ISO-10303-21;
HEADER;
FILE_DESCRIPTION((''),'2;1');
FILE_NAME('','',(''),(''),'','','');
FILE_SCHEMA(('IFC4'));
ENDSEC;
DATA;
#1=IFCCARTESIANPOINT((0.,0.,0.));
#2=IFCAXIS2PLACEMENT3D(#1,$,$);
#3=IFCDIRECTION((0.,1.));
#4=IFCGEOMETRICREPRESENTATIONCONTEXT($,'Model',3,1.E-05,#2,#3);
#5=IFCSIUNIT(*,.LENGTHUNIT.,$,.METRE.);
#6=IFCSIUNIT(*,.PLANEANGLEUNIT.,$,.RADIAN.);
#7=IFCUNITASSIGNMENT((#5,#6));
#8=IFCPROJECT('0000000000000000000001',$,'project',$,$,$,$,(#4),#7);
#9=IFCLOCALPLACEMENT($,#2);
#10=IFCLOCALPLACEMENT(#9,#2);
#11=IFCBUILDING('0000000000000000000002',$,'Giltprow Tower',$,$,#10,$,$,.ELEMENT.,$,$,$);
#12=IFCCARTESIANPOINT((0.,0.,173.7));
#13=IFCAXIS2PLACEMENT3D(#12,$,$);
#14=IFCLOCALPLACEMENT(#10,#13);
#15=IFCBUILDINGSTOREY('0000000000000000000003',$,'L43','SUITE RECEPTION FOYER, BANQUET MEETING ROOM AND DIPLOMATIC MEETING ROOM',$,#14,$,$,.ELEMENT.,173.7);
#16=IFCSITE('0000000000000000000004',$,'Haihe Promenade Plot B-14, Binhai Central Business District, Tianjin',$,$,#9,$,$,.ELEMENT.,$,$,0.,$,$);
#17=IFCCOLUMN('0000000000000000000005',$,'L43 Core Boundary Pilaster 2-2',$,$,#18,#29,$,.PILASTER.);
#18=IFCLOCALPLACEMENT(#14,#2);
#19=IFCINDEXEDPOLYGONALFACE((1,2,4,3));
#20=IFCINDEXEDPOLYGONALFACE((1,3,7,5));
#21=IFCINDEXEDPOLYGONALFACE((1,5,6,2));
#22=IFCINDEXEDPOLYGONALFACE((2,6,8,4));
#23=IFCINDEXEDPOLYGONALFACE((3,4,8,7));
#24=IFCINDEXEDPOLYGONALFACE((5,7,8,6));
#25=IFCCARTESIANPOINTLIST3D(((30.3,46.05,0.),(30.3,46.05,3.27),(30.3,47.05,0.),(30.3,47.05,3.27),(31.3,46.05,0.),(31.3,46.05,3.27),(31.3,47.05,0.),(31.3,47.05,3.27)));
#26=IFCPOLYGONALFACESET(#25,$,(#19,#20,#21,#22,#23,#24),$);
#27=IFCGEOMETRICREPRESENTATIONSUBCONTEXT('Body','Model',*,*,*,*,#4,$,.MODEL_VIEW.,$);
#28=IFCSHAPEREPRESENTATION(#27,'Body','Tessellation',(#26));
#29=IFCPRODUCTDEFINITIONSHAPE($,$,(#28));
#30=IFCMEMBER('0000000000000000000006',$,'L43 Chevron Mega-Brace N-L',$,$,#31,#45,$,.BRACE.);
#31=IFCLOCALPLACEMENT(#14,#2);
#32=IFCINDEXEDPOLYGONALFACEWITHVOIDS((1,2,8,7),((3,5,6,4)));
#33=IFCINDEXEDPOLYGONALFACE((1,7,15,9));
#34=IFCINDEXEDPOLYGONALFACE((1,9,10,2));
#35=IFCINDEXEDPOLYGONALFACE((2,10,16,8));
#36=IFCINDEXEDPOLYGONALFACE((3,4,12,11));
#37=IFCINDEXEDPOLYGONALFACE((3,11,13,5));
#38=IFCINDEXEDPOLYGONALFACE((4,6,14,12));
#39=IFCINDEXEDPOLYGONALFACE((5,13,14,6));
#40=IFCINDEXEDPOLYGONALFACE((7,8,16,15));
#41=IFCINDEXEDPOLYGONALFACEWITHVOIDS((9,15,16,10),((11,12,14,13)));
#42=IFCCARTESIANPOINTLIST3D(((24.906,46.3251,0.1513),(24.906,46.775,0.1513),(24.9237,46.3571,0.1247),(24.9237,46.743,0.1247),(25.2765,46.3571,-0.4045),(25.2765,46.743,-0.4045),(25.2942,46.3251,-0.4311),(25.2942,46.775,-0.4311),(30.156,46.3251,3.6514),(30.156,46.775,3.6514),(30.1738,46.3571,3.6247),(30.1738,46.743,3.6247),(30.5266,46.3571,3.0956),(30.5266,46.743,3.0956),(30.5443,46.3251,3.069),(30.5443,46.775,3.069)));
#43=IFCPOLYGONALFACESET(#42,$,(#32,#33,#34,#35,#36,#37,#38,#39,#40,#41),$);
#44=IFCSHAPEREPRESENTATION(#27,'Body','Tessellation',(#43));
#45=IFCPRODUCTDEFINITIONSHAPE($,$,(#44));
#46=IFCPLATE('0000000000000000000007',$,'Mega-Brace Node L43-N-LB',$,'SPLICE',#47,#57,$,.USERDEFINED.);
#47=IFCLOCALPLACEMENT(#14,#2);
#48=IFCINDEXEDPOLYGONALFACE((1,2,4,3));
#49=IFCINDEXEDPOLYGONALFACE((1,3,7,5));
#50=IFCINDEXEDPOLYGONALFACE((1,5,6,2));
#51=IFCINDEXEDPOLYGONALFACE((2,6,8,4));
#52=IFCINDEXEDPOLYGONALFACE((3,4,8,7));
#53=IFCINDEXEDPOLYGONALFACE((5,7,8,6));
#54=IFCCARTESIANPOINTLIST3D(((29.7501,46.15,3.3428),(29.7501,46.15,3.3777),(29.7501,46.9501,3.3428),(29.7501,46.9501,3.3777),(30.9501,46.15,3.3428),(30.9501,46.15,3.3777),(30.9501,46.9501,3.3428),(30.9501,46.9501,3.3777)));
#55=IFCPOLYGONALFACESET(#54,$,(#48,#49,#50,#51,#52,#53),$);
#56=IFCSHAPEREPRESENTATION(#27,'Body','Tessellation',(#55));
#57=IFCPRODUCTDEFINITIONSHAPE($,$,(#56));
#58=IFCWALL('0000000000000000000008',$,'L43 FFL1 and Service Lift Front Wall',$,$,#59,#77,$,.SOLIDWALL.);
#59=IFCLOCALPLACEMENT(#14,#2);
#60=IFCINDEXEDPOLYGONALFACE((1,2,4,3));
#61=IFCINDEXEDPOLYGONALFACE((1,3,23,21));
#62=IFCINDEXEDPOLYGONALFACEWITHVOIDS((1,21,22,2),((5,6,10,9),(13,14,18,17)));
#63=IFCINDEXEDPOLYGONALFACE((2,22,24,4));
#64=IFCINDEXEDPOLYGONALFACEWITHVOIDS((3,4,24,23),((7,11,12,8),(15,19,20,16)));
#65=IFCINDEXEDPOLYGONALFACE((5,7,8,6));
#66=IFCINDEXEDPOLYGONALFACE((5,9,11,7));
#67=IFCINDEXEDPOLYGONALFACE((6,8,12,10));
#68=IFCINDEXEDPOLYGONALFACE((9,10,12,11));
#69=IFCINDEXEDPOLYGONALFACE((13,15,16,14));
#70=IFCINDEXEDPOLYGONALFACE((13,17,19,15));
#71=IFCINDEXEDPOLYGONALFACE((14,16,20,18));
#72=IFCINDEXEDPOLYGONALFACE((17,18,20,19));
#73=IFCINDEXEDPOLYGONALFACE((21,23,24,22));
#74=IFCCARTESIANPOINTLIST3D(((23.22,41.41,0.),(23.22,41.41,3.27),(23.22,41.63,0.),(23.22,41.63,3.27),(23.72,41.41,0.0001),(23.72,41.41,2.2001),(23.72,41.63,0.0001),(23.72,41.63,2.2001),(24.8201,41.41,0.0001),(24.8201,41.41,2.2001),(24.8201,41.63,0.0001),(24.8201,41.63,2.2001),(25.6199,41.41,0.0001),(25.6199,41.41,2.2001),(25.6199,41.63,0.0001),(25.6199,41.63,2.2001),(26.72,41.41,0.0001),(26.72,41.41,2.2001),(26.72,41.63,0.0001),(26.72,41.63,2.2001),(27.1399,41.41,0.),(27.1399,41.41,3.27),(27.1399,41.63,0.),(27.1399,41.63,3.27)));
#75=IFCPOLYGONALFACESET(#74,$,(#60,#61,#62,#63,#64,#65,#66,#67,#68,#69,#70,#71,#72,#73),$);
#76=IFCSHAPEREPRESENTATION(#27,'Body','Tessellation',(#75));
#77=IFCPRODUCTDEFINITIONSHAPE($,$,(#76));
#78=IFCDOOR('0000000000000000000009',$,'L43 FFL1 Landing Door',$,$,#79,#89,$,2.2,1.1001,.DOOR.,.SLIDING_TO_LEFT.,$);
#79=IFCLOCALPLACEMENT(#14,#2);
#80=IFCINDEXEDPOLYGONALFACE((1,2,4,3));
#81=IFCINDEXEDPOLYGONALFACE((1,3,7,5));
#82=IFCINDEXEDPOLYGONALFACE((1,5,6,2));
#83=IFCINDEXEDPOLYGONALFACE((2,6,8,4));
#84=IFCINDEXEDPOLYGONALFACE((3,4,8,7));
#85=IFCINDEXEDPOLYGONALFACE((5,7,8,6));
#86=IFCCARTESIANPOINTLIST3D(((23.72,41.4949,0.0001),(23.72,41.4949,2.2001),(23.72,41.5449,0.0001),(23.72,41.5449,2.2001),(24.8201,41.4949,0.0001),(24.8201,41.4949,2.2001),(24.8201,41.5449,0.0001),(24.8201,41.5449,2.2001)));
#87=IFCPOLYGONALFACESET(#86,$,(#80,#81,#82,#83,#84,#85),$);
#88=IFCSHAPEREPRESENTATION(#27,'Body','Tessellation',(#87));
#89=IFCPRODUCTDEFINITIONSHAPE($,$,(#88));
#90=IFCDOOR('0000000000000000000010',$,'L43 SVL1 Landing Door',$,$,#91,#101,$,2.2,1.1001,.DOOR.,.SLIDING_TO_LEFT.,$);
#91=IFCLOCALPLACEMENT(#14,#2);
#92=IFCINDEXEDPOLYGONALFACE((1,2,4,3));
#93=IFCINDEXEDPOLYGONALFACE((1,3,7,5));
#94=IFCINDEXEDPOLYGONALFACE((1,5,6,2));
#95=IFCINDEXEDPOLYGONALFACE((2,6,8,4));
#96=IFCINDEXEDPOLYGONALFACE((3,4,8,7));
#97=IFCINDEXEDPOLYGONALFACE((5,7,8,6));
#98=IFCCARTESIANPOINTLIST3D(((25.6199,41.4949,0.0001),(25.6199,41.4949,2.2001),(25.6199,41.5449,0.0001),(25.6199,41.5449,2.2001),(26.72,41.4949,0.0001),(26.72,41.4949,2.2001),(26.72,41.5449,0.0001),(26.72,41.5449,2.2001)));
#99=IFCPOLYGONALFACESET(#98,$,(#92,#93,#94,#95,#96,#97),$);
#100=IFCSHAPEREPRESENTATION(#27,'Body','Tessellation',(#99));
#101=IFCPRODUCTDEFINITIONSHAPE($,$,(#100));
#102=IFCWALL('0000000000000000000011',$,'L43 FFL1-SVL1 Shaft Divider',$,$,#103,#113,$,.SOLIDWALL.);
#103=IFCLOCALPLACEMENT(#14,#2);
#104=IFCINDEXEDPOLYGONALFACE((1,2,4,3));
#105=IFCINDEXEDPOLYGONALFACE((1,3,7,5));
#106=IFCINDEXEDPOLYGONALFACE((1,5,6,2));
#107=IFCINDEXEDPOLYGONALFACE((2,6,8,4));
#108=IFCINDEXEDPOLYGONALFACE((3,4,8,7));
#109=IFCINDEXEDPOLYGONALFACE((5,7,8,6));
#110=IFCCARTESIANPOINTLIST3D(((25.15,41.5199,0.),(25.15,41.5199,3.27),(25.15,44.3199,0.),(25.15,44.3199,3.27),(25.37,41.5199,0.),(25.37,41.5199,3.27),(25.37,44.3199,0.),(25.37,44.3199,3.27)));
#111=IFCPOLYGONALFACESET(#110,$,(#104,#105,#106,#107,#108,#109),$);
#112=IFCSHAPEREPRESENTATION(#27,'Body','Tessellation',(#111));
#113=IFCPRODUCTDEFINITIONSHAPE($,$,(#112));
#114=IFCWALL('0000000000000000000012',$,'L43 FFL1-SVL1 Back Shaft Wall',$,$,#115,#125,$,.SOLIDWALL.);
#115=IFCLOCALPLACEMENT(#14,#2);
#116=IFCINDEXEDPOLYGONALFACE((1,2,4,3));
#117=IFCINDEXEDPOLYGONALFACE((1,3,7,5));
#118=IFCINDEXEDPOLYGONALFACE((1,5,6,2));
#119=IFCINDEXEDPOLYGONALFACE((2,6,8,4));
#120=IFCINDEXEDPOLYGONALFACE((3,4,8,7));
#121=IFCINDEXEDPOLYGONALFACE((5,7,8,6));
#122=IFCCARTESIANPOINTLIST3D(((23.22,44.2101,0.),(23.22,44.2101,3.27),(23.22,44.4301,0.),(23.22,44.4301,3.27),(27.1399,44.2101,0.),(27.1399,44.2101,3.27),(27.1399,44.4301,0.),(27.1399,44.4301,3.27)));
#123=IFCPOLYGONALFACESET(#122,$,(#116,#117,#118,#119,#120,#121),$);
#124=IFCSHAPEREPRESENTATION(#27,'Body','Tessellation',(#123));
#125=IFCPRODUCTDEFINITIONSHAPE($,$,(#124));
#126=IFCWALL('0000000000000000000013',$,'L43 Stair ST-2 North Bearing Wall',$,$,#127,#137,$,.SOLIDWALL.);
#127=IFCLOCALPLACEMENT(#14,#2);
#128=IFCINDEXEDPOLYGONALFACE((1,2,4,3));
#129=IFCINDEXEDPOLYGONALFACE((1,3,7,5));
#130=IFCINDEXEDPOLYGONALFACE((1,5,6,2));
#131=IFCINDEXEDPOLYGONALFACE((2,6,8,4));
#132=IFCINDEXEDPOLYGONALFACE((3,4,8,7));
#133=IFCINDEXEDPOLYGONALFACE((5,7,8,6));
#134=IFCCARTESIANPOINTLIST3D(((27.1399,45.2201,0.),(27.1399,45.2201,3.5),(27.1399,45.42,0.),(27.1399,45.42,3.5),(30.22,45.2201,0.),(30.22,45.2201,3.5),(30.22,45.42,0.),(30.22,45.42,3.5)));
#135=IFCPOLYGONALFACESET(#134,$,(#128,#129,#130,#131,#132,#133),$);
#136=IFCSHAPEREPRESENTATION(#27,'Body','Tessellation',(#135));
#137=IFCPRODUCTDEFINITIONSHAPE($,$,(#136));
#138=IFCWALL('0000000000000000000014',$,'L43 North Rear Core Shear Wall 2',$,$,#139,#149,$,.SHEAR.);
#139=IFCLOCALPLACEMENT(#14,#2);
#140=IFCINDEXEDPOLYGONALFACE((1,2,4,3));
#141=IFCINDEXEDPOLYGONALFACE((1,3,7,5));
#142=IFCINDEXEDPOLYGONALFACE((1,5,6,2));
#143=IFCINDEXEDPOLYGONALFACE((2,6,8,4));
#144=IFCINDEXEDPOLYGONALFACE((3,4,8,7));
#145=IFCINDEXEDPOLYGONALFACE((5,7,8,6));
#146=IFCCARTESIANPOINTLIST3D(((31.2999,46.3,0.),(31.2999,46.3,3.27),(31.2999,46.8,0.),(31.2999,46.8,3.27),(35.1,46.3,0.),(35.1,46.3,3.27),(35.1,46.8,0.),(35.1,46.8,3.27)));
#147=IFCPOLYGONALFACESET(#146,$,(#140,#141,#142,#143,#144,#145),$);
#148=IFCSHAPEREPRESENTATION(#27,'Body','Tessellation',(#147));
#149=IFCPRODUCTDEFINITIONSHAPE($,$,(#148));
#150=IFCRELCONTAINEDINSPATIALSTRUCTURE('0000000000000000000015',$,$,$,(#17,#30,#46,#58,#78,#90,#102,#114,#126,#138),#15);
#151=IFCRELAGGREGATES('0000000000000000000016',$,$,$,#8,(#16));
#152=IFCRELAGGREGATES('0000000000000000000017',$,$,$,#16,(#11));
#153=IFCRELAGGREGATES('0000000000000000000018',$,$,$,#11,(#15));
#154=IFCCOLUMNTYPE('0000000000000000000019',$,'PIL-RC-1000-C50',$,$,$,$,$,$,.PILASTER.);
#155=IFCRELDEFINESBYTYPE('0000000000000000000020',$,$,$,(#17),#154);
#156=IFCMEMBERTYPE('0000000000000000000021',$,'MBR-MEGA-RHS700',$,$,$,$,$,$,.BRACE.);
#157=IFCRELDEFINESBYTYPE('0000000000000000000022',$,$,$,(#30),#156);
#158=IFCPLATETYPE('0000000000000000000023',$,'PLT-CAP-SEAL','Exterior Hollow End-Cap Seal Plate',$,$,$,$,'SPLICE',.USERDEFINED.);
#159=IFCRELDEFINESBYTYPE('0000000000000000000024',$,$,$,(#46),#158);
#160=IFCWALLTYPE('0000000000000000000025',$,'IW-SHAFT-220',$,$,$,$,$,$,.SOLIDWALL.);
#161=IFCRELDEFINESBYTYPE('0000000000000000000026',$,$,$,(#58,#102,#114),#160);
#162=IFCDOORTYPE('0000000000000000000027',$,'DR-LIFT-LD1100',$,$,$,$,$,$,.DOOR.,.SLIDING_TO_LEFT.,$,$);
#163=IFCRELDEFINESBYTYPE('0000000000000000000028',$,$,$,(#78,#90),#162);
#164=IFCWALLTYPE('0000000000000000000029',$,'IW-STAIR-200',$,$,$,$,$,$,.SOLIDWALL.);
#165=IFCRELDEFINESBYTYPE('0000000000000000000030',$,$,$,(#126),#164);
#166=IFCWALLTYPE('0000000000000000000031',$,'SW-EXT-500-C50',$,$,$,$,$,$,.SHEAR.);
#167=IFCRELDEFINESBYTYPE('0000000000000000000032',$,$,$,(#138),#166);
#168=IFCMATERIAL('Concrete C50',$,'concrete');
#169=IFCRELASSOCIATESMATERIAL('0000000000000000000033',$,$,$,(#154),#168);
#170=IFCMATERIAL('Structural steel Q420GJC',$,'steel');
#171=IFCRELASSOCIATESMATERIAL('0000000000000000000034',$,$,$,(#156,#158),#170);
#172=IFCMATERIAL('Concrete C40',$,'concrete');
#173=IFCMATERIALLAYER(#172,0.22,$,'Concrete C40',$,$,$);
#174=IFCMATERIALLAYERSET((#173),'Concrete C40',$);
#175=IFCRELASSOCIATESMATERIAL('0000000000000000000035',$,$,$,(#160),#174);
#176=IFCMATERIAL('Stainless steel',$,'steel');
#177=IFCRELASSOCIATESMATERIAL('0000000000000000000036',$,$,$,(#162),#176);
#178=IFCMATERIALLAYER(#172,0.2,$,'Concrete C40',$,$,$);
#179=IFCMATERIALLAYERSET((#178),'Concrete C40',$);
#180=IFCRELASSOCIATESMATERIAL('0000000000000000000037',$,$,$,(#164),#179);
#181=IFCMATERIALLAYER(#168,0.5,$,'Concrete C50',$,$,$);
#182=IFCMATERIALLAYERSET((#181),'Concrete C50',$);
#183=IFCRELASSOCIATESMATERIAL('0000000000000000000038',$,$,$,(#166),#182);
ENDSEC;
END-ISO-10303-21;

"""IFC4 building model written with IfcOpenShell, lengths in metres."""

from ifc_helpers import new_model, si_unit, direction, frame, frame_2d, origin, origin_2d, place, context, subcontext, project, spatial, rectangle, hollow_rectangle, extrude, source, transform, mapped, material, layer, layer_set, material_profile, profile_set, type_object, element, fill, save


model = new_model("IFC4")

# Units and contexts
model_context = context("Model", 3, precision=1e-05, world=origin(), true_north=direction((0.0, 1.0)))
body_context = subcontext(model_context, "Body", "Model", "MODEL_VIEW")
ifc_project = project(units=[si_unit("LENGTHUNIT", "METRE"), si_unit("PLANEANGLEUNIT", "RADIAN")], contexts=[model_context])

# Site, building, storey
site_placement = place(None, origin())
site = spatial("IfcSite", under=ifc_project, at=site_placement, Name="Haihe Promenade Plot B-14, Binhai Central Business District, Tianjin", CompositionType="ELEMENT", RefElevation=0.0)
building_placement = place(site_placement, origin())
building = spatial("IfcBuilding", under=site, at=building_placement, Name="Giltprow Tower", CompositionType="ELEMENT")
storey_placement = place(building_placement, frame((0.0, 0.0, 173.7)))
storey = spatial("IfcBuildingStorey", under=building, at=storey_placement, Name="L43", Description="SUITE RECEPTION FOYER, BANQUET MEETING ROOM AND DIPLOMATIC MEETING ROOM", CompositionType="ELEMENT", Elevation=173.7)

# Column
ifc_material_1 = material(Name="Concrete C50", Category="concrete")
ifc_material_profile_1 = material_profile(ifc_material_1, rectangle(XDim=1.0, YDim=1.0, at=origin_2d()), Name="RC 1000x1000")
ifc_profile_set_1 = profile_set([ifc_material_profile_1], Name="Concrete C50")
column_type = type_object("IfcColumnType", Name="PIL-RC-1000-C50", PredefinedType="PILASTER", material=ifc_profile_set_1)
shared_shape_1 = source(origin(), body_context, "Body", "SweptSolid", [
    extrude(rectangle(XDim=1.0, YDim=1.0, at=origin_2d()), origin(), (0.0, 0.0, 1.0), 3.27),
])
column_placement = place(storey_placement, frame((30.8, 46.55, 0.0), z_axis=(0.0, 0.0, 1.0), x_axis=(1.0, 0.0, 0.0)))
element("IfcColumn", 1, at=column_placement, inside=storey, type_object=column_type, Name="L43 Core Boundary Pilaster 2-2", PredefinedType="PILASTER", context=body_context, shape_type="MappedRepresentation", body=[
    mapped(shared_shape_1, transform((0.0, 0.0, 0.0), x_axis=(1.0, 0.0, 0.0), y_axis=(0.0, 1.0, 0.0), z_axis=(0.0, 0.0, 1.0), scale=1.0)),
])

# Member
ifc_material_2 = material(Name="Structural steel Q420GJC", Category="steel")
ifc_material_profile_2 = material_profile(ifc_material_2, hollow_rectangle(XDim=0.45, YDim=0.7, WallThickness=0.032, at=origin_2d()), Name="RHS 700x450x32")
ifc_profile_set_2 = profile_set([ifc_material_profile_2], Name="Structural steel Q420GJC")
member_type = type_object("IfcMemberType", Name="MBR-MEGA-RHS700", PredefinedType="BRACE", material=ifc_profile_set_2)
shared_shape_2 = source(origin(), body_context, "Body", "SweptSolid", [
    extrude(hollow_rectangle(XDim=0.45, YDim=0.7, WallThickness=0.032, at=origin_2d()), origin(), (0.0, 0.0, 1.0), 6.3098),
])
member_placement = place(storey_placement, frame((25.1001, 46.55, -0.1399), z_axis=(0.83205, 0.0, 0.5547), x_axis=(0.0, 1.0, 0.0)))
element("IfcMember", 2, at=member_placement, inside=storey, type_object=member_type, Name="L43 Chevron Mega-Brace N-L", PredefinedType="BRACE", context=body_context, shape_type="MappedRepresentation", body=[
    mapped(shared_shape_2, transform((0.0, 0.0, 0.0), x_axis=(1.0, 0.0, 0.0), y_axis=(0.0, 1.0, 0.0), z_axis=(0.0, 0.0, 1.0), scale=1.0)),
])

# Plate
plate_type = type_object("IfcPlateType", Name="PLT-CAP-SEAL", Description="Exterior Hollow End-Cap Seal Plate", ElementType="SPLICE", PredefinedType="USERDEFINED", material=ifc_material_2)
shared_shape_3 = source(origin(), body_context, "Body", "SweptSolid", [
    extrude(rectangle(XDim=1.2, YDim=0.8, at=origin_2d()), origin(), (0.0, 0.0, 1.0), 0.0349),
])
plate_placement = place(storey_placement, frame((30.3501, 46.55, 3.3428), z_axis=(0.0, 0.0, 1.0), x_axis=(1.0, 0.0, 0.0)))
element("IfcPlate", 3, at=plate_placement, inside=storey, type_object=plate_type, Name="Mega-Brace Node L43-N-LB", ObjectType="SPLICE", PredefinedType="USERDEFINED", context=body_context, shape_type="MappedRepresentation", body=[
    mapped(shared_shape_3, transform((0.0, 0.0, 0.0), x_axis=(1.0, 0.0, 0.0), y_axis=(0.0, 1.0, 0.0), z_axis=(0.0, 0.0, 1.0), scale=1.0)),
])

# Wall, openings, doors
ifc_material_3 = material(Name="Concrete C40", Category="concrete")
ifc_layer_1 = layer(ifc_material_3, 0.22, Name="Concrete C40")
ifc_layer_set_1 = layer_set([ifc_layer_1], Name="Concrete C40")
wall_type_1 = type_object("IfcWallType", Name="IW-SHAFT-220", PredefinedType="SOLIDWALL", material=ifc_layer_set_1)
wall_1_placement = place(storey_placement, frame((23.22, 41.52, 0.0), z_axis=(0.0, 0.0, 1.0), x_axis=(1.0, 0.0, 0.0)))
wall_1 = element("IfcWall", 4, at=wall_1_placement, inside=storey, type_object=wall_type_1, Name="L43 FFL1 and Service Lift Front Wall", PredefinedType="SOLIDWALL", context=body_context, shape_type="SweptSolid", body=[
    extrude(rectangle(XDim=3.9199, YDim=0.22, at=frame_2d((1.96, 0.0))), origin(), (0.0, 0.0, 1.0), 3.27),
])
opening_1_placement = place(wall_1_placement, frame((0.5, 0.0, 0.0)))
opening_1 = element("IfcOpeningElement", 5, at=opening_1_placement, cuts=wall_1, PredefinedType="OPENING", context=body_context, shape_type="SweptSolid", body=[
    extrude(rectangle(XDim=1.1001, YDim=2.2, at=frame_2d((0.55, 1.1001))), frame((0.0, 0.1199, 0.0), z_axis=(0.0, -1.0, 0.0), x_axis=(1.0, 0.0, 0.0)), (0.0, 0.0, 1.0), 0.24),
])
opening_2_placement = place(wall_1_placement, frame((2.3999, 0.0, 0.0)))
opening_2 = element("IfcOpeningElement", 6, at=opening_2_placement, cuts=wall_1, PredefinedType="OPENING", context=body_context, shape_type="SweptSolid", body=[
    extrude(rectangle(XDim=1.1001, YDim=2.2, at=frame_2d((0.55, 1.1001))), frame((0.0, 0.1199, 0.0), z_axis=(0.0, -1.0, 0.0), x_axis=(1.0, 0.0, 0.0)), (0.0, 0.0, 1.0), 0.24),
])
ifc_material_4 = material(Name="Stainless steel", Category="steel")
door_type = type_object("IfcDoorType", Name="DR-LIFT-LD1100", OperationType="SLIDING_TO_LEFT", PredefinedType="DOOR", material=ifc_material_4)
shared_shape_4 = source(origin(), body_context, "Body", "SweptSolid", [
    extrude(rectangle(XDim=1.1001, YDim=2.2, at=frame_2d((0.55, 1.1001))), frame((0.0, 0.0249, 0.0), z_axis=(0.0, -1.0, 0.0), x_axis=(1.0, 0.0, 0.0)), (0.0, 0.0, 1.0), 0.05),
])
door_1_placement = place(opening_1_placement, origin())
door_1 = element("IfcDoor", 7, at=door_1_placement, inside=storey, type_object=door_type, Name="L43 FFL1 Landing Door", OperationType="SLIDING_TO_LEFT", OverallHeight=2.2, OverallWidth=1.1001, PredefinedType="DOOR", context=body_context, shape_type="MappedRepresentation", body=[
    mapped(shared_shape_4, transform((0.0, 0.0, 0.0), x_axis=(1.0, 0.0, 0.0), y_axis=(0.0, 1.0, 0.0), z_axis=(0.0, 0.0, 1.0), scale=1.0)),
])
fill(opening_1, door_1)
door_2_placement = place(opening_2_placement, origin())
door_2 = element("IfcDoor", 8, at=door_2_placement, inside=storey, type_object=door_type, Name="L43 SVL1 Landing Door", OperationType="SLIDING_TO_LEFT", OverallHeight=2.2, OverallWidth=1.1001, PredefinedType="DOOR", context=body_context, shape_type="MappedRepresentation", body=[
    mapped(shared_shape_4, transform((0.0, 0.0, 0.0), x_axis=(1.0, 0.0, 0.0), y_axis=(0.0, 1.0, 0.0), z_axis=(0.0, 0.0, 1.0), scale=1.0)),
])
fill(opening_2, door_2)

# Walls
wall_2_placement = place(storey_placement, frame((25.26, 41.52, 0.0), z_axis=(0.0, 0.0, 1.0), x_axis=(0.0, 1.0, 0.0)))
element("IfcWall", 9, at=wall_2_placement, inside=storey, type_object=wall_type_1, Name="L43 FFL1-SVL1 Shaft Divider", PredefinedType="SOLIDWALL", context=body_context, shape_type="SweptSolid", body=[
    extrude(rectangle(XDim=2.8, YDim=0.22, at=frame_2d((1.3999, 0.0))), origin(), (0.0, 0.0, 1.0), 3.27),
])
wall_3_placement = place(storey_placement, frame((23.22, 44.3201, 0.0), z_axis=(0.0, 0.0, 1.0), x_axis=(1.0, 0.0, 0.0)))
element("IfcWall", 10, at=wall_3_placement, inside=storey, type_object=wall_type_1, Name="L43 FFL1-SVL1 Back Shaft Wall", PredefinedType="SOLIDWALL", context=body_context, shape_type="SweptSolid", body=[
    extrude(rectangle(XDim=3.9199, YDim=0.22, at=frame_2d((1.96, 0.0))), origin(), (0.0, 0.0, 1.0), 3.27),
])
ifc_layer_2 = layer(ifc_material_3, 0.2, Name="Concrete C40")
ifc_layer_set_2 = layer_set([ifc_layer_2], Name="Concrete C40")
wall_type_2 = type_object("IfcWallType", Name="IW-STAIR-200", PredefinedType="SOLIDWALL", material=ifc_layer_set_2)
wall_4_placement = place(storey_placement, frame((27.1399, 45.3201, 0.0), z_axis=(0.0, 0.0, 1.0), x_axis=(1.0, 0.0, 0.0)))
element("IfcWall", 11, at=wall_4_placement, inside=storey, type_object=wall_type_2, Name="L43 Stair ST-2 North Bearing Wall", PredefinedType="SOLIDWALL", context=body_context, shape_type="SweptSolid", body=[
    extrude(rectangle(XDim=3.0801, YDim=0.2, at=frame_2d((1.54, 0.0))), origin(), (0.0, 0.0, 1.0), 3.5),
])
ifc_layer_3 = layer(ifc_material_1, 0.5, Name="Concrete C50")
ifc_layer_set_3 = layer_set([ifc_layer_3], Name="Concrete C50")
wall_type_3 = type_object("IfcWallType", Name="SW-EXT-500-C50", PredefinedType="SHEAR", material=ifc_layer_set_3)
wall_5_placement = place(storey_placement, frame((31.3, 46.55, 0.0), z_axis=(0.0, 0.0, 1.0), x_axis=(1.0, 0.0, 0.0)))
element("IfcWall", 12, at=wall_5_placement, inside=storey, type_object=wall_type_3, Name="L43 North Rear Core Shear Wall 2", PredefinedType="SHEAR", context=body_context, shape_type="SweptSolid", body=[
    extrude(rectangle(XDim=3.8, YDim=0.5, at=frame_2d((1.8999, 0.0))), origin(), (0.0, 0.0, 1.0), 3.27),
])

save(model, "model.ifc")
